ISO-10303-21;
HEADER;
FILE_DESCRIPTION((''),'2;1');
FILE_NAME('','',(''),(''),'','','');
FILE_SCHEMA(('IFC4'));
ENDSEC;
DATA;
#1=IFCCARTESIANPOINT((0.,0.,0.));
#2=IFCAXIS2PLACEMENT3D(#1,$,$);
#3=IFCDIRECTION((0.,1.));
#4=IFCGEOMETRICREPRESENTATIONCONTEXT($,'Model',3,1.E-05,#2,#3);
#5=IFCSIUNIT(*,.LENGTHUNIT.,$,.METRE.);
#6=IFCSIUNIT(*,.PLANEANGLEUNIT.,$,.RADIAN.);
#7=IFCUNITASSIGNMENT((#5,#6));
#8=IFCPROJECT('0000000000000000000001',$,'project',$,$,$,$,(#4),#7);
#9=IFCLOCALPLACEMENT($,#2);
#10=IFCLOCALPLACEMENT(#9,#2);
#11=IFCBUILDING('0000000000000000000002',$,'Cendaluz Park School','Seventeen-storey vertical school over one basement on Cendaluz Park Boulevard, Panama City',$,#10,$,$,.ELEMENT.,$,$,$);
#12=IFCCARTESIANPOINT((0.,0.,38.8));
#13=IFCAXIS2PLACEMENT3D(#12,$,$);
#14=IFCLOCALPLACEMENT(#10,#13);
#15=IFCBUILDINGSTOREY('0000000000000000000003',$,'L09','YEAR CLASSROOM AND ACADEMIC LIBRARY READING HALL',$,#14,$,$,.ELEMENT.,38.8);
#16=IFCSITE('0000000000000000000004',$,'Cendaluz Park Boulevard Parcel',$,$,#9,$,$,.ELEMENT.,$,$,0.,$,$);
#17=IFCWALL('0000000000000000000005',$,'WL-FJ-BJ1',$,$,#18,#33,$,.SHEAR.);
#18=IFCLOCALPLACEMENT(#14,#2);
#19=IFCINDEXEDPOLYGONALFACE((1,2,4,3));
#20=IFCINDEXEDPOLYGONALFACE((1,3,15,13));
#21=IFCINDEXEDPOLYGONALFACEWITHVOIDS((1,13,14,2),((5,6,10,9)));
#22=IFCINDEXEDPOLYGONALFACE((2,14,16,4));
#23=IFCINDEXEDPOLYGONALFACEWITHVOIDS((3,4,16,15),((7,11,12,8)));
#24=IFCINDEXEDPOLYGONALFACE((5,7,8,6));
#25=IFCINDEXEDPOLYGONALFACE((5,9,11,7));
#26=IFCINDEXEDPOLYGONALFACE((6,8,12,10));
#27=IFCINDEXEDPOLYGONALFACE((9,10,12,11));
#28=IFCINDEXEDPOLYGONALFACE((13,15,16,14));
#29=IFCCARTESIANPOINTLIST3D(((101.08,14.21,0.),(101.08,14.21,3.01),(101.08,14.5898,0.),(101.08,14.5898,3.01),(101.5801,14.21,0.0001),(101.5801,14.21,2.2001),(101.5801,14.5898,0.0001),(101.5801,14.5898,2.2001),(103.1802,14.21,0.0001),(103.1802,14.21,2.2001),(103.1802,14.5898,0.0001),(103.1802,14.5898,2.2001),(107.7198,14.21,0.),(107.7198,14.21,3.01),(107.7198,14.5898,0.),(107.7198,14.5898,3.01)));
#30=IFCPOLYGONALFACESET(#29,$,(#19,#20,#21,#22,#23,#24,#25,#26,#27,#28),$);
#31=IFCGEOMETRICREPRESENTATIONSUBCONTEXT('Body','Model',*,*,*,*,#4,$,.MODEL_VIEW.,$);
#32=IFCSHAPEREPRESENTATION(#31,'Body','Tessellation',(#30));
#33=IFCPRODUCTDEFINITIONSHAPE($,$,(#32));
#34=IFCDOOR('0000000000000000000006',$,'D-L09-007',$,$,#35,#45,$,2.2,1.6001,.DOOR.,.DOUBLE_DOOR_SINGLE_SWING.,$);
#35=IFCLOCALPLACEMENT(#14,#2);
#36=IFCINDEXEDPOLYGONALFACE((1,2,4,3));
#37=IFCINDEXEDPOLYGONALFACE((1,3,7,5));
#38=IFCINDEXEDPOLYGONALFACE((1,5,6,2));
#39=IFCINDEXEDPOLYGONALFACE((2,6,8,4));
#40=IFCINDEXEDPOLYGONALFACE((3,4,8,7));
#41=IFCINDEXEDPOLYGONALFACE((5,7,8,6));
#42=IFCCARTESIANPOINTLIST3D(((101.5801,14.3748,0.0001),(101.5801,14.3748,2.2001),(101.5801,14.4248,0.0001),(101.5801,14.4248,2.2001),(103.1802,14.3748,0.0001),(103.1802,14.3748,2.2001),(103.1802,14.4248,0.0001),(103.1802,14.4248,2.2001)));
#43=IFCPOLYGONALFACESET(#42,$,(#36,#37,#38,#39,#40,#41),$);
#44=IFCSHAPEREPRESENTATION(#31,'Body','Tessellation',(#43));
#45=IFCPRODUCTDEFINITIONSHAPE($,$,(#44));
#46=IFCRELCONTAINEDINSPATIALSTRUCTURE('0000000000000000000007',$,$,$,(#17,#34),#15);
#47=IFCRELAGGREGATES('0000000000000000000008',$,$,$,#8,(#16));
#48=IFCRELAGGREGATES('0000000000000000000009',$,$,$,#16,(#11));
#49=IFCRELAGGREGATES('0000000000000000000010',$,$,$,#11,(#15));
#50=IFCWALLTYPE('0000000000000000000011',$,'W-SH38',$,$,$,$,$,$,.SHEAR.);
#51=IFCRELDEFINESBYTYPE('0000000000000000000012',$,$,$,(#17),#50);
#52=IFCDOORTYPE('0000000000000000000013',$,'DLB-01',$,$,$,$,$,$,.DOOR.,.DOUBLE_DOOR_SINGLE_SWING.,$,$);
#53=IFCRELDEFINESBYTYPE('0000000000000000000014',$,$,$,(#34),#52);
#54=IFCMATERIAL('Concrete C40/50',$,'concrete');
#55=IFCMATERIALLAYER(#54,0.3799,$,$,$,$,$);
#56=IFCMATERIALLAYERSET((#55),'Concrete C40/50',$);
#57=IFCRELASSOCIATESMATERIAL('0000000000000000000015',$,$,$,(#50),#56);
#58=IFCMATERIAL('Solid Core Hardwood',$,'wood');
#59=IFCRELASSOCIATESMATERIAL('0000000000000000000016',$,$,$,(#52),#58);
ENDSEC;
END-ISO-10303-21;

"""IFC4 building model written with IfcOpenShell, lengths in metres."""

from ifc_helpers import new_model, si_unit, direction, frame, frame_2d, origin, place, context, subcontext, project, spatial, rectangle, extrude, material, layer, layer_set, type_object, element, fill, save


model = new_model("IFC4")

# Units and contexts
model_context = context("Model", 3, precision=1e-05, world=origin(), true_north=direction((0.0, 1.0)))
body_context = subcontext(model_context, "Body", "Model", "MODEL_VIEW")
ifc_project = project(units=[si_unit("LENGTHUNIT", "METRE"), si_unit("PLANEANGLEUNIT", "RADIAN")], contexts=[model_context])

# Site, building, storey
site_placement = place(None, origin())
site = spatial("IfcSite", under=ifc_project, at=site_placement, Name="Cendaluz Park Boulevard Parcel", CompositionType="ELEMENT", RefElevation=0.0)
building_placement = place(site_placement, origin())
building = spatial("IfcBuilding", under=site, at=building_placement, Name="Cendaluz Park School", Description="Seventeen-storey vertical school over one basement on Cendaluz Park Boulevard, Panama City", CompositionType="ELEMENT")
storey_placement = place(building_placement, frame((0.0, 0.0, 38.8)))
storey = spatial("IfcBuildingStorey", under=building, at=storey_placement, Name="L09", Description="YEAR CLASSROOM AND ACADEMIC LIBRARY READING HALL", CompositionType="ELEMENT", Elevation=38.8)

# Shared definitions
ifc_material_1 = material(Name="Concrete C40/50", Category="concrete")
ifc_material_2 = material(Name="Solid Core Hardwood", Category="wood")

# Wall, opening, door
ifc_layer_1 = layer(ifc_material_1, 0.3799)
ifc_layer_set_1 = layer_set([ifc_layer_1], Name="Concrete C40/50")
wall_type_1 = type_object("IfcWallType", Name="W-SH38", PredefinedType="SHEAR", material=ifc_layer_set_1)
wall_1_placement = place(storey_placement, frame((101.0801, 14.3999, 0.0), z_axis=(0.0, 0.0, 1.0), x_axis=(1.0, 0.0, 0.0)))
wall_1 = element("IfcWall", 1, at=wall_1_placement, inside=storey, type_object=wall_type_1, Name="WL-FJ-BJ1", PredefinedType="SHEAR", context=body_context, shape_type="SweptSolid", body=[
    extrude(rectangle(XDim=6.6399, YDim=0.3799, at=frame_2d((3.3198, 0.0))), origin(), (0.0, 0.0, 1.0), 3.01),
])
opening_1_placement = place(wall_1_placement, frame((0.5, 0.0, 0.0)))
opening_1 = element("IfcOpeningElement", 2, at=opening_1_placement, cuts=wall_1, PredefinedType="OPENING", context=body_context, shape_type="SweptSolid", body=[
    extrude(rectangle(XDim=1.6001, YDim=2.2, at=frame_2d((0.8, 1.1001))), frame((0.0, 0.2019, 0.0), z_axis=(0.0, -1.0, 0.0), x_axis=(1.0, 0.0, 0.0)), (0.0, 0.0, 1.0), 0.4038),
])
door_type_1 = type_object("IfcDoorType", Name="DLB-01", OperationType="DOUBLE_DOOR_SINGLE_SWING", PredefinedType="DOOR", material=ifc_material_2)
door_1_placement = place(opening_1_placement, origin())
door_1 = element("IfcDoor", 3, at=door_1_placement, inside=storey, type_object=door_type_1, Name="D-L09-007", OperationType="DOUBLE_DOOR_SINGLE_SWING", OverallHeight=2.2, OverallWidth=1.6001, PredefinedType="DOOR", context=body_context, shape_type="SweptSolid", body=[
    extrude(rectangle(XDim=1.6001, YDim=2.2, at=frame_2d((0.8, 1.1001))), frame((0.0, 0.0249, 0.0), z_axis=(0.0, -1.0, 0.0), x_axis=(1.0, 0.0, 0.0)), (0.0, 0.0, 1.0), 0.05),
])
fill(opening_1, door_1)

save(model, "model.ifc")
